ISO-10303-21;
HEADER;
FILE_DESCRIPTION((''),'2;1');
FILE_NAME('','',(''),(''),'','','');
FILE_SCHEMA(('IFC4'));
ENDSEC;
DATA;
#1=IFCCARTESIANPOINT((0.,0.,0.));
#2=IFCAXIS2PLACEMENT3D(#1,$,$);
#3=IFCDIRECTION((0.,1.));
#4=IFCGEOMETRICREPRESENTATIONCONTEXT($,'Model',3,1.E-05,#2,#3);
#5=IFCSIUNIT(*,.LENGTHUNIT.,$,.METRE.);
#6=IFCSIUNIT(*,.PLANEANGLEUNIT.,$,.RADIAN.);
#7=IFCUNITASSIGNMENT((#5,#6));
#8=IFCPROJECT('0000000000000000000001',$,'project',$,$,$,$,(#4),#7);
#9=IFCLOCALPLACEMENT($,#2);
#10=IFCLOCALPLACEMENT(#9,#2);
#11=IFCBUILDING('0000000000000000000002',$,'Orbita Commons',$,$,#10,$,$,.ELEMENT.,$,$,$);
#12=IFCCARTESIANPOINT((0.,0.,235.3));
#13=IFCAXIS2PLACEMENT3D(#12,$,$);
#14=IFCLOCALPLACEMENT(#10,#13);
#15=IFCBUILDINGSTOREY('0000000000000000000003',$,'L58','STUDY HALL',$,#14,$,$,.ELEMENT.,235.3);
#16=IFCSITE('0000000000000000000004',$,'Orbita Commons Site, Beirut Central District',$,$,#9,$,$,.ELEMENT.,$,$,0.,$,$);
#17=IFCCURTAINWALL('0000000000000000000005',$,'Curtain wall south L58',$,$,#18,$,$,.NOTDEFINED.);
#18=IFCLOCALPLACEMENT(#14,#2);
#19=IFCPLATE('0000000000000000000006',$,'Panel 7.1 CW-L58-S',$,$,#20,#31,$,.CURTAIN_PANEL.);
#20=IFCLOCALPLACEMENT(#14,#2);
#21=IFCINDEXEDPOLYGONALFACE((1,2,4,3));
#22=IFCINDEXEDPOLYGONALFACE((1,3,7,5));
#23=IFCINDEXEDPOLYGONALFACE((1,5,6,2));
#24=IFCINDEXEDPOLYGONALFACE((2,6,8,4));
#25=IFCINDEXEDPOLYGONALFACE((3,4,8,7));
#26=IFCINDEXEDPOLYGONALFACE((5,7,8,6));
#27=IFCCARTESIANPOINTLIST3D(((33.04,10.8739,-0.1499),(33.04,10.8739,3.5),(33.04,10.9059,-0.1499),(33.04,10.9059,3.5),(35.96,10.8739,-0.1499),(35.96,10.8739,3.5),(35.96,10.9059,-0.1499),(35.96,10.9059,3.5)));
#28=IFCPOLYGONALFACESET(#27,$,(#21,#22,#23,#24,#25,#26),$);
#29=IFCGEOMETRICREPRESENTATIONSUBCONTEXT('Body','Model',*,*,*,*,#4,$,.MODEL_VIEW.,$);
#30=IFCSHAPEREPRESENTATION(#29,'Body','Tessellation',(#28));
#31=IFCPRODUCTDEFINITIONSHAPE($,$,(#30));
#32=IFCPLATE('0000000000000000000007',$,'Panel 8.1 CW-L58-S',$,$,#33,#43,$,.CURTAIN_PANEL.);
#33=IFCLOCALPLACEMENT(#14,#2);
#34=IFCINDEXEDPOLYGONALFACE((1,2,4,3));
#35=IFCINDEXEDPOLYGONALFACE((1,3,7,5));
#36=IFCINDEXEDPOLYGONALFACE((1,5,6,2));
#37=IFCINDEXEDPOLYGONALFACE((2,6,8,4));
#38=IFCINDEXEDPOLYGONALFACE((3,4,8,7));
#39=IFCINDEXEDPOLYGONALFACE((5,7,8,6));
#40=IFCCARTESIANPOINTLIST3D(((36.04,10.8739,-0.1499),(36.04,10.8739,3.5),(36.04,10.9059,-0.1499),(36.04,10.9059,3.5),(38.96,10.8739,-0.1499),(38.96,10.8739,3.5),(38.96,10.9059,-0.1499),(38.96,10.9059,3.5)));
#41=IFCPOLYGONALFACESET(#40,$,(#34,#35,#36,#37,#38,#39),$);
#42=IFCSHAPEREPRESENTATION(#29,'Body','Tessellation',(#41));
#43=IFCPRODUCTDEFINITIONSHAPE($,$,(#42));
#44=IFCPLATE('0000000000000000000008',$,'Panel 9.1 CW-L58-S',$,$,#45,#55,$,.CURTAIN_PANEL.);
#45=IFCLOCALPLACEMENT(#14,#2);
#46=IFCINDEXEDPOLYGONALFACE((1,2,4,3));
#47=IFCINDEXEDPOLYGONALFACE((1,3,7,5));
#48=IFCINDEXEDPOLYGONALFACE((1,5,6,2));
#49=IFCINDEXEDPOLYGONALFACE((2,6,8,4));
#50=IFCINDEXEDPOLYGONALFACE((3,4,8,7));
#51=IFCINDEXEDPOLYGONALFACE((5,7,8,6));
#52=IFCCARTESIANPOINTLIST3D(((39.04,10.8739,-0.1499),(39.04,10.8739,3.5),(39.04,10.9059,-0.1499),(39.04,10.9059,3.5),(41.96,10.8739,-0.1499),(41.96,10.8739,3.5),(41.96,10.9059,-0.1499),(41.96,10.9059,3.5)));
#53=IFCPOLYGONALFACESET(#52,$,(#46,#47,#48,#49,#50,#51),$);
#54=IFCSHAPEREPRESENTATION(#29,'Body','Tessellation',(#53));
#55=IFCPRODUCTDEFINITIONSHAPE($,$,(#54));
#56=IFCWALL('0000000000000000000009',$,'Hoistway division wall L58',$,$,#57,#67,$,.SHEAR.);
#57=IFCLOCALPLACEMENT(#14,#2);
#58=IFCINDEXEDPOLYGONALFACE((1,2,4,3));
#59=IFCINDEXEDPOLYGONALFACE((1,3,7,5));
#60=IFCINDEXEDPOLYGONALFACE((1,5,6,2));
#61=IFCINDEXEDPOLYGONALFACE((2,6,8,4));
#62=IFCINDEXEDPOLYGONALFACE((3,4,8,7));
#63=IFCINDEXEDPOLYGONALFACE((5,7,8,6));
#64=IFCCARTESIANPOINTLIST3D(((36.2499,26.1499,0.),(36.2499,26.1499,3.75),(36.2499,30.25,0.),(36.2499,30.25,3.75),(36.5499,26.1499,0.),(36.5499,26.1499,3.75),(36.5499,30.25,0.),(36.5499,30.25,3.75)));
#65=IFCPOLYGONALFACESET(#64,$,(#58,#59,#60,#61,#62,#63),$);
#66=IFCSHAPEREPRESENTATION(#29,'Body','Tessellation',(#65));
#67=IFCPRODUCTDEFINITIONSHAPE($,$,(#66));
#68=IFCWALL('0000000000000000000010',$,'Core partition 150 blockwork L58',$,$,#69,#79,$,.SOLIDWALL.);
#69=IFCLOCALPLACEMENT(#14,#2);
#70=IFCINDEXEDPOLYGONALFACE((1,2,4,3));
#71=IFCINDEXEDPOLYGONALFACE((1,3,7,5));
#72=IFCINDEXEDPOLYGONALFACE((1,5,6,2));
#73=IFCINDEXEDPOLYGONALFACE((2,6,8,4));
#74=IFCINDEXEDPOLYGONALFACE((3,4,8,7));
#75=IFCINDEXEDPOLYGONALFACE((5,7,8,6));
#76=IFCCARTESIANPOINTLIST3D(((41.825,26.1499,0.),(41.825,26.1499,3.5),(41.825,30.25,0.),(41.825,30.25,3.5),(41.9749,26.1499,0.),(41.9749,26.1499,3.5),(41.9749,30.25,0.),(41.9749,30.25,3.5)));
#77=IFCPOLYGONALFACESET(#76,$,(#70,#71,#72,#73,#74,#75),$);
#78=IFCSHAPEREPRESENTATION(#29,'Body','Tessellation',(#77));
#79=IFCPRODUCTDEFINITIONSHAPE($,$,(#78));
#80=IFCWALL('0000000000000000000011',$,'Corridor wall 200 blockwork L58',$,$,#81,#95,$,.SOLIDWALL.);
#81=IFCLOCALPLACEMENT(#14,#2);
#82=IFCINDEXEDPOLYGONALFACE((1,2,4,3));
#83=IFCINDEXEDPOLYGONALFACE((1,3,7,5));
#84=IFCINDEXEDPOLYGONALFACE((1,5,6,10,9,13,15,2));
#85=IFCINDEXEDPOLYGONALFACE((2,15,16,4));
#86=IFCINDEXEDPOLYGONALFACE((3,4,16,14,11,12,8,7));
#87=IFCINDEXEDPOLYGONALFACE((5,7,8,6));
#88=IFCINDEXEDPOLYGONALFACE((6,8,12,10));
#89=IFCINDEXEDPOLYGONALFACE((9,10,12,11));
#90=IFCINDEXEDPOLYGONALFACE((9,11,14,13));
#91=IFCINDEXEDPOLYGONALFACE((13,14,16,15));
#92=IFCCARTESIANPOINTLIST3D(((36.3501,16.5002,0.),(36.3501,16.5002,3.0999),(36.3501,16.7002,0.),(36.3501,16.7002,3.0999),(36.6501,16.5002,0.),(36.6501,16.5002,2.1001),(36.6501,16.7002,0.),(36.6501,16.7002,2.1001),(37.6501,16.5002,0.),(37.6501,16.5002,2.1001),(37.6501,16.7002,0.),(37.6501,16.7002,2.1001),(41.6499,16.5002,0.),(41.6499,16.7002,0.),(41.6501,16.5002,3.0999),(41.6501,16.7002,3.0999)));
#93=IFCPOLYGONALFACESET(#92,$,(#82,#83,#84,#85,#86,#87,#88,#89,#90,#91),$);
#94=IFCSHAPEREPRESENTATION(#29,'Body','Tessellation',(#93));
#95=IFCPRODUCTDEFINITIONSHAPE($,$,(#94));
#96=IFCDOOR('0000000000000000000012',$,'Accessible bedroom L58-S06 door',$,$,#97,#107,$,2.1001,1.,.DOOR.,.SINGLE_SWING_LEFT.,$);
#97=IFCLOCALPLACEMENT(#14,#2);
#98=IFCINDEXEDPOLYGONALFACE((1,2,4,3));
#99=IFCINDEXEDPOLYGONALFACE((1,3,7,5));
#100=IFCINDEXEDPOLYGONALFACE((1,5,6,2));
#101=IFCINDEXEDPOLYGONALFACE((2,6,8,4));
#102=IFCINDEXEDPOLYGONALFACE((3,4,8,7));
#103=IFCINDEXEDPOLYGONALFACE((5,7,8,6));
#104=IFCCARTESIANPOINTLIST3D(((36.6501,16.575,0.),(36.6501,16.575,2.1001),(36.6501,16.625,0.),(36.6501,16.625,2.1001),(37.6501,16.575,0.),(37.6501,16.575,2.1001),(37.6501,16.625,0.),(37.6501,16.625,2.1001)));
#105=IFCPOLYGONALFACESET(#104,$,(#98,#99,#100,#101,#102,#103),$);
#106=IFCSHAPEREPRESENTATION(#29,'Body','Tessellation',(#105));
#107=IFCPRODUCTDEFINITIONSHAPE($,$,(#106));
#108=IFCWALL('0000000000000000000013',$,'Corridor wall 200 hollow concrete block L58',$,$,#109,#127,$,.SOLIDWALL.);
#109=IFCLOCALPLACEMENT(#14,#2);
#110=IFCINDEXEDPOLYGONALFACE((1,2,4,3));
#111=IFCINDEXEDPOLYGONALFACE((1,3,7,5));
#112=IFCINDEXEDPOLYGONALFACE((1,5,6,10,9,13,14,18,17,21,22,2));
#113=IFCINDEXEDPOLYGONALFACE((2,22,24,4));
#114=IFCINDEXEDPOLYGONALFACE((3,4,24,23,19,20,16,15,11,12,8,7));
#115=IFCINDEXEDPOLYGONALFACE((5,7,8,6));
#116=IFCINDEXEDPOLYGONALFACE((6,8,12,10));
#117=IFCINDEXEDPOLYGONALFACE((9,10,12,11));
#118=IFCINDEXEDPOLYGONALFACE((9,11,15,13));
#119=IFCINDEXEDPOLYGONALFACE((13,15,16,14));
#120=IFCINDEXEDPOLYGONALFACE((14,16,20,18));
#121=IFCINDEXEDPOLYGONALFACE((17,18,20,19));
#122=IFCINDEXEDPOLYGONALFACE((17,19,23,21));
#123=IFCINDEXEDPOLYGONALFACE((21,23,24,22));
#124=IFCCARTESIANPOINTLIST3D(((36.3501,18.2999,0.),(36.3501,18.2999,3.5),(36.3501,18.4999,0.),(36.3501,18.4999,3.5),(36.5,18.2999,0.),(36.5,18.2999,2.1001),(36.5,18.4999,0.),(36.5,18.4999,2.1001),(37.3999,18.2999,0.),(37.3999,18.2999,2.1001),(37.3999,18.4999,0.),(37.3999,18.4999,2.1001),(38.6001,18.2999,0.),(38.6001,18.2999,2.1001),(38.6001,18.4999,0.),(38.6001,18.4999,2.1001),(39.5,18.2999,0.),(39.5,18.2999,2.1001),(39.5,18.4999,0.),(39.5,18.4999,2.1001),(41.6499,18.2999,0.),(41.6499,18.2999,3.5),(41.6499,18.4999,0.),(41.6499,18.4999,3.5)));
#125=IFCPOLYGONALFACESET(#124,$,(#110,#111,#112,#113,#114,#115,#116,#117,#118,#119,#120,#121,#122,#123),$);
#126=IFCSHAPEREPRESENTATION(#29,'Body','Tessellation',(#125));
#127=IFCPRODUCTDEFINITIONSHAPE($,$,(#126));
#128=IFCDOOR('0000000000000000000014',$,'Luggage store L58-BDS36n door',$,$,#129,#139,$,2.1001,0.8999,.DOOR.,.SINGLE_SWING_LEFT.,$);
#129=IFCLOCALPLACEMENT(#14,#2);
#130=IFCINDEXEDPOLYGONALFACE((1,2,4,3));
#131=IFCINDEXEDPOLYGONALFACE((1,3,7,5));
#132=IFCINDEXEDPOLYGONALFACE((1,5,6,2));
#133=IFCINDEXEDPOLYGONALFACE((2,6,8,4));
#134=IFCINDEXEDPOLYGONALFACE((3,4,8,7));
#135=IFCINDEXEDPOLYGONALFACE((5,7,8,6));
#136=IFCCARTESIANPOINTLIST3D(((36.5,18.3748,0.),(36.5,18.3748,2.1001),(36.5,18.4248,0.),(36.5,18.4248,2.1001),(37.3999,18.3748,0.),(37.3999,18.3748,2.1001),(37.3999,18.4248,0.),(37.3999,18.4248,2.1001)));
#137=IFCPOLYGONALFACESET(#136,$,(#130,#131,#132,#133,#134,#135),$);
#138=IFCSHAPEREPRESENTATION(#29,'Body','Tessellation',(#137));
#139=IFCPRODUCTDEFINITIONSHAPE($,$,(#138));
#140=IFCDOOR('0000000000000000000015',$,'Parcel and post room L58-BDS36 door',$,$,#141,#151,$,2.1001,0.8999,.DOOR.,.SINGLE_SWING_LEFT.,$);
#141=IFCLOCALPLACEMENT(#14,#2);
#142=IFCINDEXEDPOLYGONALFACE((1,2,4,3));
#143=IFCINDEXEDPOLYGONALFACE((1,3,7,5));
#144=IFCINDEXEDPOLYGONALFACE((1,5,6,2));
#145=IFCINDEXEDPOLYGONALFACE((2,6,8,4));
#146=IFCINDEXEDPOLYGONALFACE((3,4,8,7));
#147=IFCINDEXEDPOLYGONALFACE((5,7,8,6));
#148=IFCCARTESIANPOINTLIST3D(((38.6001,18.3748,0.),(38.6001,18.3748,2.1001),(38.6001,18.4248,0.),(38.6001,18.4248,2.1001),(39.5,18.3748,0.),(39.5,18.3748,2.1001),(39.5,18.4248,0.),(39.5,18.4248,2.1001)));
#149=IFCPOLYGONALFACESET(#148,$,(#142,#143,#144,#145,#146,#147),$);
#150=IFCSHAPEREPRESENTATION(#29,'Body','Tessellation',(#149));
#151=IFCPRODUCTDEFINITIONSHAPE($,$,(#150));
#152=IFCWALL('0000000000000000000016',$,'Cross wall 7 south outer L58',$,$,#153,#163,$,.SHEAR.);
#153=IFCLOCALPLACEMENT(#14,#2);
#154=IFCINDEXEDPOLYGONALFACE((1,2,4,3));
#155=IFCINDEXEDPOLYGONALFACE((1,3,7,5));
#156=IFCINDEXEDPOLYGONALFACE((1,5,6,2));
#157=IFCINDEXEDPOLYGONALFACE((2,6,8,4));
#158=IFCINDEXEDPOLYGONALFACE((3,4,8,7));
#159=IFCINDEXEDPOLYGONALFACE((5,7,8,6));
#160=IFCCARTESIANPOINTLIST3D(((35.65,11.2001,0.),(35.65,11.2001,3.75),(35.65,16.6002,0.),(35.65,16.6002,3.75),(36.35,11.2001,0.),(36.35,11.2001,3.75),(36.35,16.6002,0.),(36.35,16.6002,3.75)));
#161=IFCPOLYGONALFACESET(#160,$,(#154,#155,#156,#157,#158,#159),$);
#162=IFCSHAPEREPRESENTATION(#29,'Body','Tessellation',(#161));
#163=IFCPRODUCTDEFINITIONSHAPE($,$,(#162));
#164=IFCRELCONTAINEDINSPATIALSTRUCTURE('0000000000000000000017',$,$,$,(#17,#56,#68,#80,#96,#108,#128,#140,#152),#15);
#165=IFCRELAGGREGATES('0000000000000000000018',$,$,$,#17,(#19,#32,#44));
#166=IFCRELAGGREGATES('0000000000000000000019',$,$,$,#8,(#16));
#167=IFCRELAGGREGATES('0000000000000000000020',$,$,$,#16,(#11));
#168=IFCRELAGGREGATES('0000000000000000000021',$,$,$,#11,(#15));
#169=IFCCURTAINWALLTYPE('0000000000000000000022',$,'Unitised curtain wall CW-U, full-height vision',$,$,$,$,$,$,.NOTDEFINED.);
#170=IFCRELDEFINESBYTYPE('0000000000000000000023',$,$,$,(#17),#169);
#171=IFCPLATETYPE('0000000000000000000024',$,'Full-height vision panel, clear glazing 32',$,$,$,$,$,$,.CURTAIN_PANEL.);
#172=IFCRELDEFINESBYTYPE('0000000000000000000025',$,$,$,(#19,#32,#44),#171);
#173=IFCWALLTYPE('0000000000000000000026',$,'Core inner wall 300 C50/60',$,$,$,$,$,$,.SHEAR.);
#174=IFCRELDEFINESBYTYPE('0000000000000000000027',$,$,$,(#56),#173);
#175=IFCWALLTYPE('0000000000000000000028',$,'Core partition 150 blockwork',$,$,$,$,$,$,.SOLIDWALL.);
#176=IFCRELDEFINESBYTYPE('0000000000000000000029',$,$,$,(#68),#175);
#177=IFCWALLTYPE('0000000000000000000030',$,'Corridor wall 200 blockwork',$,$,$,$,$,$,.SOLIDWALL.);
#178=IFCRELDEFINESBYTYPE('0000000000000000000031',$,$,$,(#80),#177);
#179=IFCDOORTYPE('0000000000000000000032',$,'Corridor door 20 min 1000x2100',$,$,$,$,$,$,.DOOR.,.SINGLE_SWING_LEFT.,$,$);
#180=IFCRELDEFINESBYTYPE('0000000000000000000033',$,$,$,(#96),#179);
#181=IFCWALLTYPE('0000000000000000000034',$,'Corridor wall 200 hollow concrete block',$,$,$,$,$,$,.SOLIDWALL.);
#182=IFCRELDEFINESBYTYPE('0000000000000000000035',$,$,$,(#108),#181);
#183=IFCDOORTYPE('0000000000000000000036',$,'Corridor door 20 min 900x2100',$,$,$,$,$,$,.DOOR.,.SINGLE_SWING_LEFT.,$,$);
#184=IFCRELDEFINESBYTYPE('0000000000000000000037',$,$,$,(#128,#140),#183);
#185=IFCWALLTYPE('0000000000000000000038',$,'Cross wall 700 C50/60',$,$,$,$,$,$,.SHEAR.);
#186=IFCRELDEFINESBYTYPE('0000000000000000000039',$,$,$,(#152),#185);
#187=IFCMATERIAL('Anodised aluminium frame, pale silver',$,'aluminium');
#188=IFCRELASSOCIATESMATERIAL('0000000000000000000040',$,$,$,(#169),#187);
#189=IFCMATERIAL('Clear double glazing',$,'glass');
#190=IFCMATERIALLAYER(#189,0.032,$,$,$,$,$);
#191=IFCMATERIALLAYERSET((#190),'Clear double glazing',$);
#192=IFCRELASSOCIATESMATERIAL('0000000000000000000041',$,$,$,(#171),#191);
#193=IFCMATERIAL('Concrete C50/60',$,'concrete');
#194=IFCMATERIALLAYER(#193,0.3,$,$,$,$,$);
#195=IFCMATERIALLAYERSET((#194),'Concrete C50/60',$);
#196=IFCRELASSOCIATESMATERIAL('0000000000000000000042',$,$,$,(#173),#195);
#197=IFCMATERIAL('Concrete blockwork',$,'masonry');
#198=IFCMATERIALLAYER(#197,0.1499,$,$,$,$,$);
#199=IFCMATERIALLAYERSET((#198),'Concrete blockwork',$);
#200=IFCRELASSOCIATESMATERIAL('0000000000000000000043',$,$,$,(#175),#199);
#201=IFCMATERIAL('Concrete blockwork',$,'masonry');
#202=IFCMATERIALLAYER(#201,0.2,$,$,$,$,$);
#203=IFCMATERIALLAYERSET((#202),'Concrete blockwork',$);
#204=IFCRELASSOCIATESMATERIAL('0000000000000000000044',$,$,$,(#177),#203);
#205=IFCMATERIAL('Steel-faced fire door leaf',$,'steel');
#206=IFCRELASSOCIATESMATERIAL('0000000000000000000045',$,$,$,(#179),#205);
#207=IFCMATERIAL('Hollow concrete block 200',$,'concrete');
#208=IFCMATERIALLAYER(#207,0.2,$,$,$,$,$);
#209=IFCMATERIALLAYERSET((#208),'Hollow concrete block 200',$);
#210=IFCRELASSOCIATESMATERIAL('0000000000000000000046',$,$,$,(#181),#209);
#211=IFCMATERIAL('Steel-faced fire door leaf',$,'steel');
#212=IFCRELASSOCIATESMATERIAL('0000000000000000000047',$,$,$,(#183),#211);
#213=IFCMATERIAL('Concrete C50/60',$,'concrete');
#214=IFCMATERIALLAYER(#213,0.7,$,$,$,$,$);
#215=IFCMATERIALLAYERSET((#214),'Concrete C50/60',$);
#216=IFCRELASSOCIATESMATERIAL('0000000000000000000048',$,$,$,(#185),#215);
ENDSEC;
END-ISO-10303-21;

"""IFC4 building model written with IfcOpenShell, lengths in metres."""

from ifc_helpers import new_model, si_unit, direction, frame, frame_2d, origin, origin_2d, place, context, subcontext, project, spatial, polyline, rectangle, outline, extrude, material, layer, layer_set, type_object, element, fill, aggregate, save


model = new_model("IFC4")

# Units and contexts
model_context = context("Model", 3, precision=1e-05, world=origin(), true_north=direction((0.0, 1.0)))
body_context = subcontext(model_context, "Body", "Model", "MODEL_VIEW")
ifc_project = project(units=[si_unit("LENGTHUNIT", "METRE"), si_unit("PLANEANGLEUNIT", "RADIAN")], contexts=[model_context])

# Site, building, storey
site_placement = place(None, origin())
site = spatial("IfcSite", under=ifc_project, at=site_placement, Name="Orbita Commons Site, Beirut Central District", CompositionType="ELEMENT", RefElevation=0.0)
building_placement = place(site_placement, origin())
building = spatial("IfcBuilding", under=site, at=building_placement, Name="Orbita Commons", CompositionType="ELEMENT")
storey_placement = place(building_placement, frame((0.0, 0.0, 235.3)))
storey = spatial("IfcBuildingStorey", under=building, at=storey_placement, Name="L58", Description="STUDY HALL", CompositionType="ELEMENT", Elevation=235.3)

# Curtain wall
ifc_material_1 = material(Name="Anodised aluminium frame, pale silver", Category="aluminium")
curtain_wall_type = type_object("IfcCurtainWallType", Name="Unitised curtain wall CW-U, full-height vision", PredefinedType="NOTDEFINED", material=ifc_material_1)
curtain_wall_placement = place(storey_placement, origin())
curtain_wall = element("IfcCurtainWall", 1, at=curtain_wall_placement, inside=storey, type_object=curtain_wall_type, Name="Curtain wall south L58", PredefinedType="NOTDEFINED")

# Plates
ifc_material_2 = material(Name="Clear double glazing", Category="glass")
ifc_layer_1 = layer(ifc_material_2, 0.032)
ifc_layer_set_1 = layer_set([ifc_layer_1], Name="Clear double glazing")
plate_type = type_object("IfcPlateType", Name="Full-height vision panel, clear glazing 32", PredefinedType="CURTAIN_PANEL", material=ifc_layer_set_1)
plate_1_placement = place(storey_placement, frame((34.5, 10.8899, -0.1499), z_axis=(0.0, 0.0, 1.0), x_axis=(1.0, 0.0, 0.0)))
plate_1 = element("IfcPlate", 2, at=plate_1_placement, type_object=plate_type, Name="Panel 7.1 CW-L58-S", PredefinedType="CURTAIN_PANEL", context=body_context, shape_type="SweptSolid", body=[
    extrude(rectangle(XDim=2.9199, YDim=0.032, at=origin_2d()), origin(), (0.0, 0.0, 1.0), 3.6499),
])
plate_2_placement = place(storey_placement, frame((37.5, 10.8899, -0.1499), z_axis=(0.0, 0.0, 1.0), x_axis=(1.0, 0.0, 0.0)))
plate_2 = element("IfcPlate", 3, at=plate_2_placement, type_object=plate_type, Name="Panel 8.1 CW-L58-S", PredefinedType="CURTAIN_PANEL", context=body_context, shape_type="SweptSolid", body=[
    extrude(rectangle(XDim=2.9199, YDim=0.032, at=origin_2d()), origin(), (0.0, 0.0, 1.0), 3.6499),
])
plate_3_placement = place(storey_placement, frame((40.5, 10.8899, -0.1499), z_axis=(0.0, 0.0, 1.0), x_axis=(1.0, 0.0, 0.0)))
plate_3 = element("IfcPlate", 4, at=plate_3_placement, type_object=plate_type, Name="Panel 9.1 CW-L58-S", PredefinedType="CURTAIN_PANEL", context=body_context, shape_type="SweptSolid", body=[
    extrude(rectangle(XDim=2.9199, YDim=0.032, at=origin_2d()), origin(), (0.0, 0.0, 1.0), 3.6499),
])
aggregate(curtain_wall, [plate_1, plate_2, plate_3])

# Walls
ifc_material_3 = material(Name="Concrete C50/60", Category="concrete")
ifc_layer_2 = layer(ifc_material_3, 0.3)
ifc_layer_set_2 = layer_set([ifc_layer_2], Name="Concrete C50/60")
wall_type_1 = type_object("IfcWallType", Name="Core inner wall 300 C50/60", PredefinedType="SHEAR", material=ifc_layer_set_2)
wall_1_placement = place(storey_placement, frame((36.3999, 26.1499, 0.0), z_axis=(0.0, 0.0, 1.0), x_axis=(0.0, 1.0, 0.0)))
element("IfcWall", 5, at=wall_1_placement, inside=storey, type_object=wall_type_1, Name="Hoistway division wall L58", PredefinedType="SHEAR", context=body_context, shape_type="SweptSolid", body=[
    extrude(rectangle(XDim=4.1001, YDim=0.3, at=frame_2d((2.05, 0.0))), origin(), (0.0, 0.0, 1.0), 3.75),
])
ifc_material_4 = material(Name="Concrete blockwork", Category="masonry")
ifc_layer_3 = layer(ifc_material_4, 0.1499)
ifc_layer_set_3 = layer_set([ifc_layer_3], Name="Concrete blockwork")
wall_type_2 = type_object("IfcWallType", Name="Core partition 150 blockwork", PredefinedType="SOLIDWALL", material=ifc_layer_set_3)
wall_2_placement = place(storey_placement, frame((41.8999, 26.1499, 0.0), z_axis=(0.0, 0.0, 1.0), x_axis=(0.0, 1.0, 0.0)))
element("IfcWall", 6, at=wall_2_placement, inside=storey, type_object=wall_type_2, Name="Core partition 150 blockwork L58", PredefinedType="SOLIDWALL", context=body_context, shape_type="SweptSolid", body=[
    extrude(rectangle(XDim=4.1001, YDim=0.1499, at=frame_2d((2.05, 0.0))), origin(), (0.0, 0.0, 1.0), 3.5),
])

# Wall, opening, door
ifc_material_5 = material(Name="Concrete blockwork", Category="masonry")
ifc_layer_4 = layer(ifc_material_5, 0.2)
ifc_layer_set_4 = layer_set([ifc_layer_4], Name="Concrete blockwork")
wall_type_3 = type_object("IfcWallType", Name="Corridor wall 200 blockwork", PredefinedType="SOLIDWALL", material=ifc_layer_set_4)
wall_3_placement = place(storey_placement, frame((36.3501, 16.6001, 0.0), z_axis=(0.0, 0.0, 1.0), x_axis=(1.0, 0.0, 0.0)))
wall_3 = element("IfcWall", 7, at=wall_3_placement, inside=storey, type_object=wall_type_3, Name="Corridor wall 200 blockwork L58", PredefinedType="SOLIDWALL", context=body_context, shape_type="SweptSolid", body=[
    extrude(outline(polyline([(0.0, 0.0), (5.2998, 0.0), (5.3, 3.0999), (0.0, 3.0999), (0.0, 0.0)])), frame((0.0, 0.1001, 0.0), z_axis=(0.0, -1.0, 0.0), x_axis=(1.0, 0.0, 0.0)), (0.0, 0.0, 1.0), 0.2),
])
opening_1_placement = place(wall_3_placement, frame((0.3, 0.0, 0.0)))
opening_1 = element("IfcOpeningElement", 8, at=opening_1_placement, cuts=wall_3, PredefinedType="OPENING", context=body_context, shape_type="SweptSolid", body=[
    extrude(rectangle(XDim=1.0, YDim=2.1001, at=frame_2d((0.5, 1.05))), frame((0.0, 0.1099, 0.0), z_axis=(0.0, -1.0, 0.0), x_axis=(1.0, 0.0, 0.0)), (0.0, 0.0, 1.0), 0.22),
])
ifc_material_6 = material(Name="Steel-faced fire door leaf", Category="steel")
door_type_1 = type_object("IfcDoorType", Name="Corridor door 20 min 1000x2100", OperationType="SINGLE_SWING_LEFT", PredefinedType="DOOR", material=ifc_material_6)
door_1_placement = place(opening_1_placement, origin())
door_1 = element("IfcDoor", 9, at=door_1_placement, inside=storey, type_object=door_type_1, Name="Accessible bedroom L58-S06 door", OperationType="SINGLE_SWING_LEFT", OverallHeight=2.1001, OverallWidth=1.0, PredefinedType="DOOR", context=body_context, shape_type="SweptSolid", body=[
    extrude(rectangle(XDim=1.0, YDim=2.1001, at=frame_2d((0.5, 1.05))), frame((0.0, 0.0249, 0.0), z_axis=(0.0, -1.0, 0.0), x_axis=(1.0, 0.0, 0.0)), (0.0, 0.0, 1.0), 0.05),
])
fill(opening_1, door_1)

# Wall, openings, doors
ifc_material_7 = material(Name="Hollow concrete block 200", Category="concrete")
ifc_layer_5 = layer(ifc_material_7, 0.2)
ifc_layer_set_5 = layer_set([ifc_layer_5], Name="Hollow concrete block 200")
wall_type_4 = type_object("IfcWallType", Name="Corridor wall 200 hollow concrete block", PredefinedType="SOLIDWALL", material=ifc_layer_set_5)
wall_4_placement = place(storey_placement, frame((36.3501, 18.3999, 0.0), z_axis=(0.0, 0.0, 1.0), x_axis=(1.0, 0.0, 0.0)))
wall_4 = element("IfcWall", 10, at=wall_4_placement, inside=storey, type_object=wall_type_4, Name="Corridor wall 200 hollow concrete block L58", PredefinedType="SOLIDWALL", context=body_context, shape_type="SweptSolid", body=[
    extrude(rectangle(XDim=5.2998, YDim=0.2, at=frame_2d((2.6499, 0.0))), origin(), (0.0, 0.0, 1.0), 3.5),
])
opening_2_placement = place(wall_4_placement, frame((0.1499, 0.0, 0.0)))
opening_2 = element("IfcOpeningElement", 11, at=opening_2_placement, cuts=wall_4, PredefinedType="OPENING", context=body_context, shape_type="SweptSolid", body=[
    extrude(rectangle(XDim=0.8999, YDim=2.1001, at=frame_2d((0.45, 1.05))), frame((0.0, 0.1099, 0.0), z_axis=(0.0, -1.0, 0.0), x_axis=(1.0, 0.0, 0.0)), (0.0, 0.0, 1.0), 0.22),
])
opening_3_placement = place(wall_4_placement, frame((2.25, 0.0, 0.0)))
opening_3 = element("IfcOpeningElement", 12, at=opening_3_placement, cuts=wall_4, PredefinedType="OPENING", context=body_context, shape_type="SweptSolid", body=[
    extrude(rectangle(XDim=0.8999, YDim=2.1001, at=frame_2d((0.45, 1.05))), frame((0.0, 0.1099, 0.0), z_axis=(0.0, -1.0, 0.0), x_axis=(1.0, 0.0, 0.0)), (0.0, 0.0, 1.0), 0.22),
])
ifc_material_8 = material(Name="Steel-faced fire door leaf", Category="steel")
door_type_2 = type_object("IfcDoorType", Name="Corridor door 20 min 900x2100", OperationType="SINGLE_SWING_LEFT", PredefinedType="DOOR", material=ifc_material_8)
door_2_placement = place(opening_2_placement, origin())
door_2 = element("IfcDoor", 13, at=door_2_placement, inside=storey, type_object=door_type_2, Name="Luggage store L58-BDS36n door", OperationType="SINGLE_SWING_LEFT", OverallHeight=2.1001, OverallWidth=0.8999, PredefinedType="DOOR", context=body_context, shape_type="SweptSolid", body=[
    extrude(rectangle(XDim=0.8999, YDim=2.1001, at=frame_2d((0.45, 1.05))), frame((0.0, 0.0249, 0.0), z_axis=(0.0, -1.0, 0.0), x_axis=(1.0, 0.0, 0.0)), (0.0, 0.0, 1.0), 0.05),
])
fill(opening_2, door_2)
door_3_placement = place(opening_3_placement, origin())
door_3 = element("IfcDoor", 14, at=door_3_placement, inside=storey, type_object=door_type_2, Name="Parcel and post room L58-BDS36 door", OperationType="SINGLE_SWING_LEFT", OverallHeight=2.1001, OverallWidth=0.8999, PredefinedType="DOOR", context=body_context, shape_type="SweptSolid", body=[
    extrude(rectangle(XDim=0.8999, YDim=2.1001, at=frame_2d((0.45, 1.05))), frame((0.0, 0.0249, 0.0), z_axis=(0.0, -1.0, 0.0), x_axis=(1.0, 0.0, 0.0)), (0.0, 0.0, 1.0), 0.05),
])
fill(opening_3, door_3)

# Wall
ifc_material_9 = material(Name="Concrete C50/60", Category="concrete")
ifc_layer_6 = layer(ifc_material_9, 0.7)
ifc_layer_set_6 = layer_set([ifc_layer_6], Name="Concrete C50/60")
wall_type_5 = type_object("IfcWallType", Name="Cross wall 700 C50/60", PredefinedType="SHEAR", material=ifc_layer_set_6)
wall_5_placement = place(storey_placement, frame((36.0, 11.2, 0.0), z_axis=(0.0, 0.0, 1.0), x_axis=(0.0, 1.0, 0.0)))
element("IfcWall", 15, at=wall_5_placement, inside=storey, type_object=wall_type_5, Name="Cross wall 7 south outer L58", PredefinedType="SHEAR", context=body_context, shape_type="SweptSolid", body=[
    extrude(rectangle(XDim=5.4001, YDim=0.7, at=frame_2d((2.7002, 0.0))), origin(), (0.0, 0.0, 1.0), 3.75),
])

save(model, "model.ifc")
